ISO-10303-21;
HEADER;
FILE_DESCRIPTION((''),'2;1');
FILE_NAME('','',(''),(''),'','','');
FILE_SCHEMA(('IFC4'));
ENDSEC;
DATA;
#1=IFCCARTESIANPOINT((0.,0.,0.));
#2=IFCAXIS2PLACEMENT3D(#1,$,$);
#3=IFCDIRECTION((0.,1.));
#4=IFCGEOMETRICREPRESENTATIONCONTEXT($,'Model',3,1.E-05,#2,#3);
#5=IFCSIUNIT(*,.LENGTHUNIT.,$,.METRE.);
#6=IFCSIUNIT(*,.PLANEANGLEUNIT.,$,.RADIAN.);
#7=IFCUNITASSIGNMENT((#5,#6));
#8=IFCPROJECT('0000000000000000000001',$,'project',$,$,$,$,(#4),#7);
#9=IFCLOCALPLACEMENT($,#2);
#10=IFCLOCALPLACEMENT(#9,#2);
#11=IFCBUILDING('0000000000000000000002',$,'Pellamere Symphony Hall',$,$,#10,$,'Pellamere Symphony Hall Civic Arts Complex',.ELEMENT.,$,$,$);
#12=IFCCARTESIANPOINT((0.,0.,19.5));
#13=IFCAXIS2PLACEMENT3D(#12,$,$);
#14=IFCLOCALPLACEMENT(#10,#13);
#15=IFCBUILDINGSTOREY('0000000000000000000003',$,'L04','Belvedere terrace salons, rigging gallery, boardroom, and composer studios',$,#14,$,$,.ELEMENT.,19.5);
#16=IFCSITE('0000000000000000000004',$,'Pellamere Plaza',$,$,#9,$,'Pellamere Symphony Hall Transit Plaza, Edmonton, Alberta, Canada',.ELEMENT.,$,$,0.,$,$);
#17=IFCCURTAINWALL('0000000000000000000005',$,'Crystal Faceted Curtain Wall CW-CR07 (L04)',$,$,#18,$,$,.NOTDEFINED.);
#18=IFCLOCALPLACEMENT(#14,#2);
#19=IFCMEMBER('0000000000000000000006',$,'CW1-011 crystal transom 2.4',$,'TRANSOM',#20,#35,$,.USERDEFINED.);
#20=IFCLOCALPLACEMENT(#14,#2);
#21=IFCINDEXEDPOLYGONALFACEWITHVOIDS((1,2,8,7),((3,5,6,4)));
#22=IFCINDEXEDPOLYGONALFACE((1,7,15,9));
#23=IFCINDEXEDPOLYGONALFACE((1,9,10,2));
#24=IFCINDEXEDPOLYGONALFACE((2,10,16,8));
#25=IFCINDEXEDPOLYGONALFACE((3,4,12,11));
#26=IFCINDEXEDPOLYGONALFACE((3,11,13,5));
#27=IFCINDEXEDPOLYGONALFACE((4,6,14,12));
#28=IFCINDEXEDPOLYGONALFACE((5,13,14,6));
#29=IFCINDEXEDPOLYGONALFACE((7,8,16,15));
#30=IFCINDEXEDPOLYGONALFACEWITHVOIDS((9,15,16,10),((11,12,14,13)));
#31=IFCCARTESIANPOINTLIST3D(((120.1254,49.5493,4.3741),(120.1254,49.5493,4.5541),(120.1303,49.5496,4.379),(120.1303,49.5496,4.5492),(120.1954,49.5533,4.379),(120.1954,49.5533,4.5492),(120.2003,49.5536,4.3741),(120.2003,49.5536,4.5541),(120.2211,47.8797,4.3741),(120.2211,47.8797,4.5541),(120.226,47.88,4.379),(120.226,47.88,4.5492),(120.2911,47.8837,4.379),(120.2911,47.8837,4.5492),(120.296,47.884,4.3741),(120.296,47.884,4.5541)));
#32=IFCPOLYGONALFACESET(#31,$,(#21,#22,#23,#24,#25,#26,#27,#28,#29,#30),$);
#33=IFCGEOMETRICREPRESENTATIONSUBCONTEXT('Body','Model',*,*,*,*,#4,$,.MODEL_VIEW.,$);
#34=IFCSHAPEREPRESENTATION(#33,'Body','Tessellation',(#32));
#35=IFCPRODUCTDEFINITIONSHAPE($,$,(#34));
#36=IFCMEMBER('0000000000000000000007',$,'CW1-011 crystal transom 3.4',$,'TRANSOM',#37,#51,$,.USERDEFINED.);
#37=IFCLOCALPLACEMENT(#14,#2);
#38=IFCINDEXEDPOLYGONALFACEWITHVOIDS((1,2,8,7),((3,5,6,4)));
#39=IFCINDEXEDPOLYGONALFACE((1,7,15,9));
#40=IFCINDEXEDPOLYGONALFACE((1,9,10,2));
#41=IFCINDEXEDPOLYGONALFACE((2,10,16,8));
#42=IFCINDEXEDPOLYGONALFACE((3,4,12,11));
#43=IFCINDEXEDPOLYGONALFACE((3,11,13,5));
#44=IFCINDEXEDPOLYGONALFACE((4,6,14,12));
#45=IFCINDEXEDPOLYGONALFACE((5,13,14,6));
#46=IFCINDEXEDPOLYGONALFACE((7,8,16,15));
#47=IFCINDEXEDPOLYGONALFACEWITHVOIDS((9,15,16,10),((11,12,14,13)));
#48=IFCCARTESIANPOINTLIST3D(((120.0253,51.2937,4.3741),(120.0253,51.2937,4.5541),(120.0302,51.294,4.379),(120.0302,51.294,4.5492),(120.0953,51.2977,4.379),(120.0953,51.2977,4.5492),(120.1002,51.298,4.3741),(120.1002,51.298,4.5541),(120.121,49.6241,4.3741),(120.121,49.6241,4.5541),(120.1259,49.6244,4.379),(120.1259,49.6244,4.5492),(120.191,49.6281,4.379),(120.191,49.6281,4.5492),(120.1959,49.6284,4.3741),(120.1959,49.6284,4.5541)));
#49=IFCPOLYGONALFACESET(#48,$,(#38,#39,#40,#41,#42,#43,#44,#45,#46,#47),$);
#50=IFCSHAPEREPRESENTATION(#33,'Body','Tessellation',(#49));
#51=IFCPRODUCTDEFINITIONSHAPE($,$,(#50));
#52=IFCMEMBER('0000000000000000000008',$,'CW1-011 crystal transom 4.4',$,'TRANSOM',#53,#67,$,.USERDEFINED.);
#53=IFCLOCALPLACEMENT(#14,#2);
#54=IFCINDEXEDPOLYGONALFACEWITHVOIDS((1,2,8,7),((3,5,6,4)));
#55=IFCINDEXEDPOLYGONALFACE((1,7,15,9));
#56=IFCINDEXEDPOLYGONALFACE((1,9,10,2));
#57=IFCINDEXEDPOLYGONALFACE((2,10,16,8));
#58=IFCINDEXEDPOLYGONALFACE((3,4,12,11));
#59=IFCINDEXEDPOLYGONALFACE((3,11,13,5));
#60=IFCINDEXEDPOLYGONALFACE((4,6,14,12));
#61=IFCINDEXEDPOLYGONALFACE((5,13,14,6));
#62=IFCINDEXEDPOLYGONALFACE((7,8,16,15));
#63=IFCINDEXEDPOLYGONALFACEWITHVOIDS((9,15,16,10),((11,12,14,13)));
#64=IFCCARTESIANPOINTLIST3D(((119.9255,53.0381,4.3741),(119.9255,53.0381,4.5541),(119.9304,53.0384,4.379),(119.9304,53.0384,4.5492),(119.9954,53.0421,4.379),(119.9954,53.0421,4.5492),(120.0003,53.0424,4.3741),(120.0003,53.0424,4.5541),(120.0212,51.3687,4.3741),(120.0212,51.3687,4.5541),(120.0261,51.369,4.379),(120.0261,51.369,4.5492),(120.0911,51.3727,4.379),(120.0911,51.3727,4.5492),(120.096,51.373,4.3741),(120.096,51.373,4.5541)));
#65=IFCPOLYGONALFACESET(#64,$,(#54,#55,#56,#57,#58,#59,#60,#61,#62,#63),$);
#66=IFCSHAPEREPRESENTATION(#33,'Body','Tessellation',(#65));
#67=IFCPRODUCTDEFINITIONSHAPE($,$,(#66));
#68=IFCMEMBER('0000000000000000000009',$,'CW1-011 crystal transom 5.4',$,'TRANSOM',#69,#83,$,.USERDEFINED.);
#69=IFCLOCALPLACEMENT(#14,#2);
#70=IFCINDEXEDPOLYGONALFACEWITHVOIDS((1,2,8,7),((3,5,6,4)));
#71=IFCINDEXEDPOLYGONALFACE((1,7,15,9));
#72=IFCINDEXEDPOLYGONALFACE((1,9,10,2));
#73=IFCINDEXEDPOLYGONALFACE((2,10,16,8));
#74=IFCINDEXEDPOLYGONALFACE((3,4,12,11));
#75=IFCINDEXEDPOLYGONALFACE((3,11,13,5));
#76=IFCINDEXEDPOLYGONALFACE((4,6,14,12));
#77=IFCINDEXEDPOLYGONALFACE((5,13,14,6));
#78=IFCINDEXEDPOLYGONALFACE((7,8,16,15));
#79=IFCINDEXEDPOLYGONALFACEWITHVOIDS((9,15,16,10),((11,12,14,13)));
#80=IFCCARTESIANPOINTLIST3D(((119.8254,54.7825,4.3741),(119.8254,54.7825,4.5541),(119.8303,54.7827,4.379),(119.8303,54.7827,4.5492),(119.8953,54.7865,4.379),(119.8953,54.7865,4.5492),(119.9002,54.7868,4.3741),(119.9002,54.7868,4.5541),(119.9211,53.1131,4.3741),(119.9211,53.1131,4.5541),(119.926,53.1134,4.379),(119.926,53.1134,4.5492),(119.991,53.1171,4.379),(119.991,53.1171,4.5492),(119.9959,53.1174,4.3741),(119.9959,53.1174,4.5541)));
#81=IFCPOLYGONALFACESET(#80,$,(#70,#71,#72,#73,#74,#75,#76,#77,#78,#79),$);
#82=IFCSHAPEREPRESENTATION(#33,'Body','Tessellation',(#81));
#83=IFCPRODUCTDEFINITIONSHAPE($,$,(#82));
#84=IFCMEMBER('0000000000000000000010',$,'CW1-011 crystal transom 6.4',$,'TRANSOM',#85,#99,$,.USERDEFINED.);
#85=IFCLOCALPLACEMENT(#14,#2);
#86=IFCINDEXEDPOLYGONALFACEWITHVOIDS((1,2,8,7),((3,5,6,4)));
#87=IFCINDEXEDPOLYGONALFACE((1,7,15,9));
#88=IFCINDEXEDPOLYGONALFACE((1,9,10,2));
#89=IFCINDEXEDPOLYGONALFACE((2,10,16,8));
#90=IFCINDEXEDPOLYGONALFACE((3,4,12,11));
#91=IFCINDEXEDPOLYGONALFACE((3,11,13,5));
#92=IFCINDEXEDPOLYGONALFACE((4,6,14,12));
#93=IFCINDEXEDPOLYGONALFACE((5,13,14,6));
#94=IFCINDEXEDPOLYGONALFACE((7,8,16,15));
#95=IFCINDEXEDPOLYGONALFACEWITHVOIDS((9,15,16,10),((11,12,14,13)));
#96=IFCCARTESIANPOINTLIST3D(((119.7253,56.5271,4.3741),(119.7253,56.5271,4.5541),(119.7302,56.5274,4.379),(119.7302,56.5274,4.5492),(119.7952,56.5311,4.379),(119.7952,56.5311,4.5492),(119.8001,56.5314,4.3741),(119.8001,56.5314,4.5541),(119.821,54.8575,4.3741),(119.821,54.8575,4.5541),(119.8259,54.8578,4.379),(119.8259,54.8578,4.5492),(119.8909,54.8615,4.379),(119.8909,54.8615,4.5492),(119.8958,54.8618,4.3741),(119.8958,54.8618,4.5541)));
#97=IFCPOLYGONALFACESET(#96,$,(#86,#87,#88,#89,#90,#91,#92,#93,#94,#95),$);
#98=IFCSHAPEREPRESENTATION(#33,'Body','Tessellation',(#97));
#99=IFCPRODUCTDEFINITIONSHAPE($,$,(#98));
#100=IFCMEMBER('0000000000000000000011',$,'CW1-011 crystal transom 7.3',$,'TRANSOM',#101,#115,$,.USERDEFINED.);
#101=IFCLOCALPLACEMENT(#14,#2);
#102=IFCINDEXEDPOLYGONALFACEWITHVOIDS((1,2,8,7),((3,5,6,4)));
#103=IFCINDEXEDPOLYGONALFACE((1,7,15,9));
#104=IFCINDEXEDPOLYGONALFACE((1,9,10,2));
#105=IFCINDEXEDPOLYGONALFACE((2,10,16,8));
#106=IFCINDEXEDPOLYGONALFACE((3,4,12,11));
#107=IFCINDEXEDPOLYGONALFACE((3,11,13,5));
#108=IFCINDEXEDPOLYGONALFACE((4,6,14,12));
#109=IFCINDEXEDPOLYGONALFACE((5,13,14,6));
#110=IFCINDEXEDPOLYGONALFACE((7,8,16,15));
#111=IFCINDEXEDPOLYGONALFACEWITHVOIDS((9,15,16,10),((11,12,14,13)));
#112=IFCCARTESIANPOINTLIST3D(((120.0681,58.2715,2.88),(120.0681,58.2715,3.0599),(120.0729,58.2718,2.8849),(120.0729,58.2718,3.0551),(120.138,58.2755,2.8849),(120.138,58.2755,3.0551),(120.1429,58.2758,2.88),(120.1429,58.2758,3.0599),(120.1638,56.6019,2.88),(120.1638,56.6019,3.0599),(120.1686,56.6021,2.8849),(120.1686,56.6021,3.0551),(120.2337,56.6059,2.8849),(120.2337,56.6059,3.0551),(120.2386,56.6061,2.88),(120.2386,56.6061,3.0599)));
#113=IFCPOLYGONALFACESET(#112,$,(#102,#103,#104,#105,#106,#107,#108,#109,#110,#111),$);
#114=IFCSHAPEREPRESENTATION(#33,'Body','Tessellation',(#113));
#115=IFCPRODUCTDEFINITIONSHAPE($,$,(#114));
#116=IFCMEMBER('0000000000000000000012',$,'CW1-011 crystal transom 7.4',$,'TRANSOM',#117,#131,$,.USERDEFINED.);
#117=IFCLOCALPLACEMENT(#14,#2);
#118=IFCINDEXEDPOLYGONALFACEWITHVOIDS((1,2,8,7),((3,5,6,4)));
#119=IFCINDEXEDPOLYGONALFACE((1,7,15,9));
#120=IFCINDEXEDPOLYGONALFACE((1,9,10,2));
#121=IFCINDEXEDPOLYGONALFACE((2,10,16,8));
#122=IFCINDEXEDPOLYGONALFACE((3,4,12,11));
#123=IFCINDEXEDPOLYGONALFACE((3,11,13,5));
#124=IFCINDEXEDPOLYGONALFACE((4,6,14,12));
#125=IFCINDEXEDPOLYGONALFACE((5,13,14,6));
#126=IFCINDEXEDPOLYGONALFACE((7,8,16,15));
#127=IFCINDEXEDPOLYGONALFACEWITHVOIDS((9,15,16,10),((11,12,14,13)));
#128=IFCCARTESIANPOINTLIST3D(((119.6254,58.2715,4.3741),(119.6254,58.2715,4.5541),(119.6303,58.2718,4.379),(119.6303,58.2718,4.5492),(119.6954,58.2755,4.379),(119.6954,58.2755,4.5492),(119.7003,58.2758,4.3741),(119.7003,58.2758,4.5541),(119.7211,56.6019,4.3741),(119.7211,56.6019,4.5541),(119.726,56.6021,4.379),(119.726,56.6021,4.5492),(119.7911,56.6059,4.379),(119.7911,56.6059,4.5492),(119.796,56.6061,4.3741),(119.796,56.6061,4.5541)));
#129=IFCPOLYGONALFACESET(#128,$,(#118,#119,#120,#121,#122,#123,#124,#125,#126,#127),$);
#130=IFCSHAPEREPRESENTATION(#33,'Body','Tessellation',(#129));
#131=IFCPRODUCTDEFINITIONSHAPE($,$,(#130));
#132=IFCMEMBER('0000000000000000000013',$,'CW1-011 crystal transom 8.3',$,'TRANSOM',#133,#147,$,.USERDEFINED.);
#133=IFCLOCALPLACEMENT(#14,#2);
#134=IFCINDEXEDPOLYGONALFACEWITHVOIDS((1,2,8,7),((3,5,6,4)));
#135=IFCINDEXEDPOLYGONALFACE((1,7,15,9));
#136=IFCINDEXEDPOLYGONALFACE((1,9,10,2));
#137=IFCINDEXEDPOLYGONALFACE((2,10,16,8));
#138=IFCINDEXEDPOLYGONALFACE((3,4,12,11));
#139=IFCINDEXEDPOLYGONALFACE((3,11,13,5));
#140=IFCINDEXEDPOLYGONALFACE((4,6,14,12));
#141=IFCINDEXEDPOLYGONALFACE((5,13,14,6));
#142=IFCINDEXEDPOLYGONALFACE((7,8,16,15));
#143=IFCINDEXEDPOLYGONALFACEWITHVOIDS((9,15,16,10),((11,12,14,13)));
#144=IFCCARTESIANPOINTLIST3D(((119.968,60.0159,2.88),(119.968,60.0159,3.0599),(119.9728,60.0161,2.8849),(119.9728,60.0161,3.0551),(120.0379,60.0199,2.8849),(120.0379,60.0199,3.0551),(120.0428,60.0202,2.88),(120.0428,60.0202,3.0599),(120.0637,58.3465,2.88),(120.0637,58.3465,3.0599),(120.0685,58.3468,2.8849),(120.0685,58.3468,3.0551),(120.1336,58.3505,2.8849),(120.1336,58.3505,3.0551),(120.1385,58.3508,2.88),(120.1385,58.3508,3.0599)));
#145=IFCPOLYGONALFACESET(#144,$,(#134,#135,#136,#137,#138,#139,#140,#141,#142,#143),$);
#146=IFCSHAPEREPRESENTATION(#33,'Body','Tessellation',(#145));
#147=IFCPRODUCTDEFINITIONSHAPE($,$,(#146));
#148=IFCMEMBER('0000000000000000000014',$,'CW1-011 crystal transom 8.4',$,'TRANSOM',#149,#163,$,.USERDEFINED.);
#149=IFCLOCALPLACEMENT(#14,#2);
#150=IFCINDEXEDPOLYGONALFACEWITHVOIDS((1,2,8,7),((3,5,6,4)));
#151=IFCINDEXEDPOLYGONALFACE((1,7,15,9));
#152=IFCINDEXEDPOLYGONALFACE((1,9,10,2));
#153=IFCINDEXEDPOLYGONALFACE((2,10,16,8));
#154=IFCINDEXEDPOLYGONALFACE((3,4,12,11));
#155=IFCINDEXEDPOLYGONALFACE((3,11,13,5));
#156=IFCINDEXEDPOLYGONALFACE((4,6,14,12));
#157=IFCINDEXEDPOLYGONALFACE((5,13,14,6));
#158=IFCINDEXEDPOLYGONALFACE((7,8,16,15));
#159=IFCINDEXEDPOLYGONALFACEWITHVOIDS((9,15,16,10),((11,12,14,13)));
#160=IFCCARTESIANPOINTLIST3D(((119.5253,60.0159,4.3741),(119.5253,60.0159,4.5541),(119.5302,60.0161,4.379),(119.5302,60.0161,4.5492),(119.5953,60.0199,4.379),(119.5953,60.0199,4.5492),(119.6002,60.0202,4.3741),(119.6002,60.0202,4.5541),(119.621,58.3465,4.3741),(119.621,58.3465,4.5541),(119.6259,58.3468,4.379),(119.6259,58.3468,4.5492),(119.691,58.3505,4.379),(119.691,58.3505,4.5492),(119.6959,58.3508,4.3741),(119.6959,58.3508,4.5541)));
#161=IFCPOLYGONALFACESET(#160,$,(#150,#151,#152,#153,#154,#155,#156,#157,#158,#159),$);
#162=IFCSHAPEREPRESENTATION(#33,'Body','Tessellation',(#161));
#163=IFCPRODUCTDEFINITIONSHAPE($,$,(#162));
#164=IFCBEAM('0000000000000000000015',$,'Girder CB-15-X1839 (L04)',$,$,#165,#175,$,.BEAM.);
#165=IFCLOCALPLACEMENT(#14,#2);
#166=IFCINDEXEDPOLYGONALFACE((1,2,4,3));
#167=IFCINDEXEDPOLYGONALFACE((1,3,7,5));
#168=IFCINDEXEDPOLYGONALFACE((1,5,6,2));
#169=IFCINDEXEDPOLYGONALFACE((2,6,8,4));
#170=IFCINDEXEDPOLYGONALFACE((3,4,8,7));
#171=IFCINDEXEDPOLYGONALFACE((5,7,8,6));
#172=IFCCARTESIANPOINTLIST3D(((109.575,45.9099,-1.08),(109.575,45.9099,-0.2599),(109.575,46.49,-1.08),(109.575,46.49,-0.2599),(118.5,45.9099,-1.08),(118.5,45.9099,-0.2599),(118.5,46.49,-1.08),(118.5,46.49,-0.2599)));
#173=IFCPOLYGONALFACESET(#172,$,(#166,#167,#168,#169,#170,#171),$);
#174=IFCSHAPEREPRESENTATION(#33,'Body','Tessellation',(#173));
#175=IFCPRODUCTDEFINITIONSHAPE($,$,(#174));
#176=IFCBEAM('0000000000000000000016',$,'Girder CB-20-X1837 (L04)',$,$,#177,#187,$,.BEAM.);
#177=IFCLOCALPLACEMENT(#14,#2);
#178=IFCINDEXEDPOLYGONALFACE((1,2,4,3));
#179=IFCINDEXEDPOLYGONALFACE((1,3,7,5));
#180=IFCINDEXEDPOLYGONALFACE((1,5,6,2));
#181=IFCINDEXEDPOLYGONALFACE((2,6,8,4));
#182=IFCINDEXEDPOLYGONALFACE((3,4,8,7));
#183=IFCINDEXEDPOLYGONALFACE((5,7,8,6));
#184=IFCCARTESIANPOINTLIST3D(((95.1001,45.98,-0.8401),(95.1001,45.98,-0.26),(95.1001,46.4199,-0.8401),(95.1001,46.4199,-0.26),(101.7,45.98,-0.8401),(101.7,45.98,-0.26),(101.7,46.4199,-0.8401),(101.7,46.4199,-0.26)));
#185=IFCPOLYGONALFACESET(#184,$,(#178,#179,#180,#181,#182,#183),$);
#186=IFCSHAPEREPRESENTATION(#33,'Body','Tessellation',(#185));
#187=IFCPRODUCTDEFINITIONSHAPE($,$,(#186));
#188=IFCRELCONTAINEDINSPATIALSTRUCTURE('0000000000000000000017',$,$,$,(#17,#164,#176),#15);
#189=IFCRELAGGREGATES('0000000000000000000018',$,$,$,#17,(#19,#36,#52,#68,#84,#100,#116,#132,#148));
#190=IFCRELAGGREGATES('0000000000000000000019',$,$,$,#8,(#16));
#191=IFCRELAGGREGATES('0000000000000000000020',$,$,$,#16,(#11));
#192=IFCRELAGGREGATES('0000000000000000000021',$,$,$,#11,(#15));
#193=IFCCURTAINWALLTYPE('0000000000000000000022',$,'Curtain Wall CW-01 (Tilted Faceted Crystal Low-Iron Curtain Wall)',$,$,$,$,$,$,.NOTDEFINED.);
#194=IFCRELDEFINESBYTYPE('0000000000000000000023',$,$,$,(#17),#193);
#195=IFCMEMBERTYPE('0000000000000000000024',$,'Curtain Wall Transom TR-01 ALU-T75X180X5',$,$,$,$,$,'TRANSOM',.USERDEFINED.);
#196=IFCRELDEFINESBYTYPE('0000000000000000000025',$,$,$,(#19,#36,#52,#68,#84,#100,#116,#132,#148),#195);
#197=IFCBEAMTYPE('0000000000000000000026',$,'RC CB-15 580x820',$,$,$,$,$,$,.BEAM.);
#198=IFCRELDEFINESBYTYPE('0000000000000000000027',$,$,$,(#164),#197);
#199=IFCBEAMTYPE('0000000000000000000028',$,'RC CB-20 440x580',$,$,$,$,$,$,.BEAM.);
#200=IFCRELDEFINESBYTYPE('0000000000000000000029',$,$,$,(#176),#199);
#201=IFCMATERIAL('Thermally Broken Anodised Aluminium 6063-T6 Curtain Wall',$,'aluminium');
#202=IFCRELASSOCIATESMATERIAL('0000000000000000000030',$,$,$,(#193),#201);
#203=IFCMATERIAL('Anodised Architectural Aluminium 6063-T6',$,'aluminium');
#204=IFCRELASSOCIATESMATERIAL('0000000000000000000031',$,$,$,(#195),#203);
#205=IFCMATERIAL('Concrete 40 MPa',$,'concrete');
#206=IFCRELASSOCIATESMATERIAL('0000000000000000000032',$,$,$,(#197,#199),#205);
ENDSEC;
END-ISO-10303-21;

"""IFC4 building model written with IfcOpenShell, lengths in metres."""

from ifc_helpers import new_model, si_unit, direction, frame, origin, origin_2d, place, context, subcontext, project, spatial, rectangle, hollow_rectangle, extrude, material, material_profile, profile_set, type_object, element, aggregate, save


model = new_model("IFC4")

# Units and contexts
model_context = context("Model", 3, precision=1e-05, world=origin(), true_north=direction((0.0, 1.0)))
body_context = subcontext(model_context, "Body", "Model", "MODEL_VIEW")
ifc_project = project(units=[si_unit("LENGTHUNIT", "METRE"), si_unit("PLANEANGLEUNIT", "RADIAN")], contexts=[model_context])

# Site, building, storey
site_placement = place(None, origin())
site = spatial("IfcSite", under=ifc_project, at=site_placement, Name="Pellamere Plaza", LongName="Pellamere Symphony Hall Transit Plaza, Edmonton, Alberta, Canada", CompositionType="ELEMENT", RefElevation=0.0)
building_placement = place(site_placement, origin())
building = spatial("IfcBuilding", under=site, at=building_placement, Name="Pellamere Symphony Hall", LongName="Pellamere Symphony Hall Civic Arts Complex", CompositionType="ELEMENT")
storey_placement = place(building_placement, frame((0.0, 0.0, 19.5)))
storey = spatial("IfcBuildingStorey", under=building, at=storey_placement, Name="L04", Description="Belvedere terrace salons, rigging gallery, boardroom, and composer studios", CompositionType="ELEMENT", Elevation=19.5)

# Shared definitions
ifc_material_1 = material(Name="Concrete 40 MPa", Category="concrete")

# Curtain wall, members
ifc_material_2 = material(Name="Thermally Broken Anodised Aluminium 6063-T6 Curtain Wall", Category="aluminium")
curtain_wall_type = type_object("IfcCurtainWallType", Name="Curtain Wall CW-01 (Tilted Faceted Crystal Low-Iron Curtain Wall)", PredefinedType="NOTDEFINED", material=ifc_material_2)
ifc_material_3 = material(Name="Anodised Architectural Aluminium 6063-T6", Category="aluminium")
ifc_material_profile_1 = material_profile(ifc_material_3, hollow_rectangle(XDim=0.075, YDim=0.1799, WallThickness=0.0049, at=origin_2d()), Name="ALU-T75X180X5")
ifc_profile_set_1 = profile_set([ifc_material_profile_1], Name="Anodised Architectural Aluminium 6063-T6")
member_type_1 = type_object("IfcMemberType", Name="Curtain Wall Transom TR-01 ALU-T75X180X5", ElementType="TRANSOM", PredefinedType="USERDEFINED", material=ifc_profile_set_1)
curtain_wall_1_placement = place(storey_placement, origin())
curtain_wall_1 = element("IfcCurtainWall", 1, at=curtain_wall_1_placement, inside=storey, type_object=curtain_wall_type, Name="Crystal Faceted Curtain Wall CW-CR07 (L04)", PredefinedType="NOTDEFINED")
member_1_placement = place(storey_placement, frame((120.2585, 47.8818, 4.4641), z_axis=(-0.057224, 0.998361, 0.0), x_axis=(-0.998361, -0.057224, 0.0)))
member_1 = element("IfcMember", 2, at=member_1_placement, type_object=member_type_1, Name="CW1-011 crystal transom 2.4", ObjectType="TRANSOM", PredefinedType="USERDEFINED", context=body_context, shape_type="SweptSolid", body=[
    extrude(hollow_rectangle(XDim=0.075, YDim=0.1799, WallThickness=0.0049, at=origin_2d()), origin(), (0.0, 0.0, 1.0), 1.6724),
])
member_2_placement = place(storey_placement, frame((120.1584, 49.6262, 4.4641), z_axis=(-0.057224, 0.998361, 0.0), x_axis=(-0.998361, -0.057224, 0.0)))
member_2 = element("IfcMember", 3, at=member_2_placement, type_object=member_type_1, Name="CW1-011 crystal transom 3.4", ObjectType="TRANSOM", PredefinedType="USERDEFINED", context=body_context, shape_type="SweptSolid", body=[
    extrude(hollow_rectangle(XDim=0.075, YDim=0.1799, WallThickness=0.0049, at=origin_2d()), origin(), (0.0, 0.0, 1.0), 1.6724),
])
member_3_placement = place(storey_placement, frame((120.0586, 51.3708, 4.4641), z_axis=(-0.057233, 0.998361, 0.0), x_axis=(-0.998361, -0.057233, 0.0)))
member_3 = element("IfcMember", 4, at=member_3_placement, type_object=member_type_1, Name="CW1-011 crystal transom 4.4", ObjectType="TRANSOM", PredefinedType="USERDEFINED", context=body_context, shape_type="SweptSolid", body=[
    extrude(hollow_rectangle(XDim=0.075, YDim=0.1799, WallThickness=0.0049, at=origin_2d()), origin(), (0.0, 0.0, 1.0), 1.6721),
])
member_4_placement = place(storey_placement, frame((119.9585, 53.1152, 4.4641), z_axis=(-0.057233, 0.998361, 0.0), x_axis=(-0.998361, -0.057233, 0.0)))
member_4 = element("IfcMember", 5, at=member_4_placement, type_object=member_type_1, Name="CW1-011 crystal transom 5.4", ObjectType="TRANSOM", PredefinedType="USERDEFINED", context=body_context, shape_type="SweptSolid", body=[
    extrude(hollow_rectangle(XDim=0.075, YDim=0.1799, WallThickness=0.0049, at=origin_2d()), origin(), (0.0, 0.0, 1.0), 1.6721),
])
member_5_placement = place(storey_placement, frame((119.8584, 54.8596, 4.4641), z_axis=(-0.057224, 0.998361, 0.0), x_axis=(-0.998361, -0.057224, 0.0)))
member_5 = element("IfcMember", 6, at=member_5_placement, type_object=member_type_1, Name="CW1-011 crystal transom 6.4", ObjectType="TRANSOM", PredefinedType="USERDEFINED", context=body_context, shape_type="SweptSolid", body=[
    extrude(hollow_rectangle(XDim=0.075, YDim=0.1799, WallThickness=0.0049, at=origin_2d()), origin(), (0.0, 0.0, 1.0), 1.6724),
])
member_6_placement = place(storey_placement, frame((120.2012, 56.604, 2.97), z_axis=(-0.057224, 0.998361, 0.0), x_axis=(-0.998361, -0.057224, 0.0)))
member_6 = element("IfcMember", 7, at=member_6_placement, type_object=member_type_1, Name="CW1-011 crystal transom 7.3", ObjectType="TRANSOM", PredefinedType="USERDEFINED", context=body_context, shape_type="SweptSolid", body=[
    extrude(hollow_rectangle(XDim=0.075, YDim=0.1799, WallThickness=0.0049, at=origin_2d()), origin(), (0.0, 0.0, 1.0), 1.6724),
])
member_7_placement = place(storey_placement, frame((119.7585, 56.604, 4.4641), z_axis=(-0.057224, 0.998361, 0.0), x_axis=(-0.998361, -0.057224, 0.0)))
member_7 = element("IfcMember", 8, at=member_7_placement, type_object=member_type_1, Name="CW1-011 crystal transom 7.4", ObjectType="TRANSOM", PredefinedType="USERDEFINED", context=body_context, shape_type="SweptSolid", body=[
    extrude(hollow_rectangle(XDim=0.075, YDim=0.1799, WallThickness=0.0049, at=origin_2d()), origin(), (0.0, 0.0, 1.0), 1.6724),
])
member_8_placement = place(storey_placement, frame((120.1011, 58.3486, 2.97), z_axis=(-0.057233, 0.998361, 0.0), x_axis=(-0.998361, -0.057233, 0.0)))
member_8 = element("IfcMember", 9, at=member_8_placement, type_object=member_type_1, Name="CW1-011 crystal transom 8.3", ObjectType="TRANSOM", PredefinedType="USERDEFINED", context=body_context, shape_type="SweptSolid", body=[
    extrude(hollow_rectangle(XDim=0.075, YDim=0.1799, WallThickness=0.0049, at=origin_2d()), origin(), (0.0, 0.0, 1.0), 1.6721),
])
member_9_placement = place(storey_placement, frame((119.6584, 58.3486, 4.4641), z_axis=(-0.057233, 0.998361, 0.0), x_axis=(-0.998361, -0.057233, 0.0)))
member_9 = element("IfcMember", 10, at=member_9_placement, type_object=member_type_1, Name="CW1-011 crystal transom 8.4", ObjectType="TRANSOM", PredefinedType="USERDEFINED", context=body_context, shape_type="SweptSolid", body=[
    extrude(hollow_rectangle(XDim=0.075, YDim=0.1799, WallThickness=0.0049, at=origin_2d()), origin(), (0.0, 0.0, 1.0), 1.6721),
])

# Beams
ifc_material_profile_2 = material_profile(ifc_material_1, rectangle(XDim=0.5801, YDim=0.8201, at=origin_2d()), Name="RC 580x820")
ifc_profile_set_2 = profile_set([ifc_material_profile_2], Name="Concrete 40 MPa")
beam_type_1 = type_object("IfcBeamType", Name="RC CB-15 580x820", PredefinedType="BEAM", material=ifc_profile_set_2)
beam_1_placement = place(storey_placement, frame((109.575, 46.2, -0.6699), z_axis=(1.0, 0.0, 0.0), x_axis=(0.0, 1.0, 0.0)))
element("IfcBeam", 11, at=beam_1_placement, inside=storey, type_object=beam_type_1, Name="Girder CB-15-X1839 (L04)", PredefinedType="BEAM", context=body_context, shape_type="SweptSolid", body=[
    extrude(rectangle(XDim=0.5801, YDim=0.8201, at=origin_2d()), origin(), (0.0, 0.0, 1.0), 8.925),
])
ifc_material_profile_3 = material_profile(ifc_material_1, rectangle(XDim=0.4399, YDim=0.5801, at=origin_2d()), Name="RC 440x580")
ifc_profile_set_3 = profile_set([ifc_material_profile_3], Name="Concrete 40 MPa")
beam_type_2 = type_object("IfcBeamType", Name="RC CB-20 440x580", PredefinedType="BEAM", material=ifc_profile_set_3)
beam_2_placement = place(storey_placement, frame((95.1001, 46.2, -0.55), z_axis=(1.0, 0.0, 0.0), x_axis=(0.0, 1.0, 0.0)))
element("IfcBeam", 12, at=beam_2_placement, inside=storey, type_object=beam_type_2, Name="Girder CB-20-X1837 (L04)", PredefinedType="BEAM", context=body_context, shape_type="SweptSolid", body=[
    extrude(rectangle(XDim=0.4399, YDim=0.5801, at=origin_2d()), origin(), (0.0, 0.0, 1.0), 6.5999),
])

aggregate(curtain_wall_1, [member_1, member_2, member_3, member_4, member_5, member_6, member_7, member_8, member_9])

save(model, "model.ifc")
